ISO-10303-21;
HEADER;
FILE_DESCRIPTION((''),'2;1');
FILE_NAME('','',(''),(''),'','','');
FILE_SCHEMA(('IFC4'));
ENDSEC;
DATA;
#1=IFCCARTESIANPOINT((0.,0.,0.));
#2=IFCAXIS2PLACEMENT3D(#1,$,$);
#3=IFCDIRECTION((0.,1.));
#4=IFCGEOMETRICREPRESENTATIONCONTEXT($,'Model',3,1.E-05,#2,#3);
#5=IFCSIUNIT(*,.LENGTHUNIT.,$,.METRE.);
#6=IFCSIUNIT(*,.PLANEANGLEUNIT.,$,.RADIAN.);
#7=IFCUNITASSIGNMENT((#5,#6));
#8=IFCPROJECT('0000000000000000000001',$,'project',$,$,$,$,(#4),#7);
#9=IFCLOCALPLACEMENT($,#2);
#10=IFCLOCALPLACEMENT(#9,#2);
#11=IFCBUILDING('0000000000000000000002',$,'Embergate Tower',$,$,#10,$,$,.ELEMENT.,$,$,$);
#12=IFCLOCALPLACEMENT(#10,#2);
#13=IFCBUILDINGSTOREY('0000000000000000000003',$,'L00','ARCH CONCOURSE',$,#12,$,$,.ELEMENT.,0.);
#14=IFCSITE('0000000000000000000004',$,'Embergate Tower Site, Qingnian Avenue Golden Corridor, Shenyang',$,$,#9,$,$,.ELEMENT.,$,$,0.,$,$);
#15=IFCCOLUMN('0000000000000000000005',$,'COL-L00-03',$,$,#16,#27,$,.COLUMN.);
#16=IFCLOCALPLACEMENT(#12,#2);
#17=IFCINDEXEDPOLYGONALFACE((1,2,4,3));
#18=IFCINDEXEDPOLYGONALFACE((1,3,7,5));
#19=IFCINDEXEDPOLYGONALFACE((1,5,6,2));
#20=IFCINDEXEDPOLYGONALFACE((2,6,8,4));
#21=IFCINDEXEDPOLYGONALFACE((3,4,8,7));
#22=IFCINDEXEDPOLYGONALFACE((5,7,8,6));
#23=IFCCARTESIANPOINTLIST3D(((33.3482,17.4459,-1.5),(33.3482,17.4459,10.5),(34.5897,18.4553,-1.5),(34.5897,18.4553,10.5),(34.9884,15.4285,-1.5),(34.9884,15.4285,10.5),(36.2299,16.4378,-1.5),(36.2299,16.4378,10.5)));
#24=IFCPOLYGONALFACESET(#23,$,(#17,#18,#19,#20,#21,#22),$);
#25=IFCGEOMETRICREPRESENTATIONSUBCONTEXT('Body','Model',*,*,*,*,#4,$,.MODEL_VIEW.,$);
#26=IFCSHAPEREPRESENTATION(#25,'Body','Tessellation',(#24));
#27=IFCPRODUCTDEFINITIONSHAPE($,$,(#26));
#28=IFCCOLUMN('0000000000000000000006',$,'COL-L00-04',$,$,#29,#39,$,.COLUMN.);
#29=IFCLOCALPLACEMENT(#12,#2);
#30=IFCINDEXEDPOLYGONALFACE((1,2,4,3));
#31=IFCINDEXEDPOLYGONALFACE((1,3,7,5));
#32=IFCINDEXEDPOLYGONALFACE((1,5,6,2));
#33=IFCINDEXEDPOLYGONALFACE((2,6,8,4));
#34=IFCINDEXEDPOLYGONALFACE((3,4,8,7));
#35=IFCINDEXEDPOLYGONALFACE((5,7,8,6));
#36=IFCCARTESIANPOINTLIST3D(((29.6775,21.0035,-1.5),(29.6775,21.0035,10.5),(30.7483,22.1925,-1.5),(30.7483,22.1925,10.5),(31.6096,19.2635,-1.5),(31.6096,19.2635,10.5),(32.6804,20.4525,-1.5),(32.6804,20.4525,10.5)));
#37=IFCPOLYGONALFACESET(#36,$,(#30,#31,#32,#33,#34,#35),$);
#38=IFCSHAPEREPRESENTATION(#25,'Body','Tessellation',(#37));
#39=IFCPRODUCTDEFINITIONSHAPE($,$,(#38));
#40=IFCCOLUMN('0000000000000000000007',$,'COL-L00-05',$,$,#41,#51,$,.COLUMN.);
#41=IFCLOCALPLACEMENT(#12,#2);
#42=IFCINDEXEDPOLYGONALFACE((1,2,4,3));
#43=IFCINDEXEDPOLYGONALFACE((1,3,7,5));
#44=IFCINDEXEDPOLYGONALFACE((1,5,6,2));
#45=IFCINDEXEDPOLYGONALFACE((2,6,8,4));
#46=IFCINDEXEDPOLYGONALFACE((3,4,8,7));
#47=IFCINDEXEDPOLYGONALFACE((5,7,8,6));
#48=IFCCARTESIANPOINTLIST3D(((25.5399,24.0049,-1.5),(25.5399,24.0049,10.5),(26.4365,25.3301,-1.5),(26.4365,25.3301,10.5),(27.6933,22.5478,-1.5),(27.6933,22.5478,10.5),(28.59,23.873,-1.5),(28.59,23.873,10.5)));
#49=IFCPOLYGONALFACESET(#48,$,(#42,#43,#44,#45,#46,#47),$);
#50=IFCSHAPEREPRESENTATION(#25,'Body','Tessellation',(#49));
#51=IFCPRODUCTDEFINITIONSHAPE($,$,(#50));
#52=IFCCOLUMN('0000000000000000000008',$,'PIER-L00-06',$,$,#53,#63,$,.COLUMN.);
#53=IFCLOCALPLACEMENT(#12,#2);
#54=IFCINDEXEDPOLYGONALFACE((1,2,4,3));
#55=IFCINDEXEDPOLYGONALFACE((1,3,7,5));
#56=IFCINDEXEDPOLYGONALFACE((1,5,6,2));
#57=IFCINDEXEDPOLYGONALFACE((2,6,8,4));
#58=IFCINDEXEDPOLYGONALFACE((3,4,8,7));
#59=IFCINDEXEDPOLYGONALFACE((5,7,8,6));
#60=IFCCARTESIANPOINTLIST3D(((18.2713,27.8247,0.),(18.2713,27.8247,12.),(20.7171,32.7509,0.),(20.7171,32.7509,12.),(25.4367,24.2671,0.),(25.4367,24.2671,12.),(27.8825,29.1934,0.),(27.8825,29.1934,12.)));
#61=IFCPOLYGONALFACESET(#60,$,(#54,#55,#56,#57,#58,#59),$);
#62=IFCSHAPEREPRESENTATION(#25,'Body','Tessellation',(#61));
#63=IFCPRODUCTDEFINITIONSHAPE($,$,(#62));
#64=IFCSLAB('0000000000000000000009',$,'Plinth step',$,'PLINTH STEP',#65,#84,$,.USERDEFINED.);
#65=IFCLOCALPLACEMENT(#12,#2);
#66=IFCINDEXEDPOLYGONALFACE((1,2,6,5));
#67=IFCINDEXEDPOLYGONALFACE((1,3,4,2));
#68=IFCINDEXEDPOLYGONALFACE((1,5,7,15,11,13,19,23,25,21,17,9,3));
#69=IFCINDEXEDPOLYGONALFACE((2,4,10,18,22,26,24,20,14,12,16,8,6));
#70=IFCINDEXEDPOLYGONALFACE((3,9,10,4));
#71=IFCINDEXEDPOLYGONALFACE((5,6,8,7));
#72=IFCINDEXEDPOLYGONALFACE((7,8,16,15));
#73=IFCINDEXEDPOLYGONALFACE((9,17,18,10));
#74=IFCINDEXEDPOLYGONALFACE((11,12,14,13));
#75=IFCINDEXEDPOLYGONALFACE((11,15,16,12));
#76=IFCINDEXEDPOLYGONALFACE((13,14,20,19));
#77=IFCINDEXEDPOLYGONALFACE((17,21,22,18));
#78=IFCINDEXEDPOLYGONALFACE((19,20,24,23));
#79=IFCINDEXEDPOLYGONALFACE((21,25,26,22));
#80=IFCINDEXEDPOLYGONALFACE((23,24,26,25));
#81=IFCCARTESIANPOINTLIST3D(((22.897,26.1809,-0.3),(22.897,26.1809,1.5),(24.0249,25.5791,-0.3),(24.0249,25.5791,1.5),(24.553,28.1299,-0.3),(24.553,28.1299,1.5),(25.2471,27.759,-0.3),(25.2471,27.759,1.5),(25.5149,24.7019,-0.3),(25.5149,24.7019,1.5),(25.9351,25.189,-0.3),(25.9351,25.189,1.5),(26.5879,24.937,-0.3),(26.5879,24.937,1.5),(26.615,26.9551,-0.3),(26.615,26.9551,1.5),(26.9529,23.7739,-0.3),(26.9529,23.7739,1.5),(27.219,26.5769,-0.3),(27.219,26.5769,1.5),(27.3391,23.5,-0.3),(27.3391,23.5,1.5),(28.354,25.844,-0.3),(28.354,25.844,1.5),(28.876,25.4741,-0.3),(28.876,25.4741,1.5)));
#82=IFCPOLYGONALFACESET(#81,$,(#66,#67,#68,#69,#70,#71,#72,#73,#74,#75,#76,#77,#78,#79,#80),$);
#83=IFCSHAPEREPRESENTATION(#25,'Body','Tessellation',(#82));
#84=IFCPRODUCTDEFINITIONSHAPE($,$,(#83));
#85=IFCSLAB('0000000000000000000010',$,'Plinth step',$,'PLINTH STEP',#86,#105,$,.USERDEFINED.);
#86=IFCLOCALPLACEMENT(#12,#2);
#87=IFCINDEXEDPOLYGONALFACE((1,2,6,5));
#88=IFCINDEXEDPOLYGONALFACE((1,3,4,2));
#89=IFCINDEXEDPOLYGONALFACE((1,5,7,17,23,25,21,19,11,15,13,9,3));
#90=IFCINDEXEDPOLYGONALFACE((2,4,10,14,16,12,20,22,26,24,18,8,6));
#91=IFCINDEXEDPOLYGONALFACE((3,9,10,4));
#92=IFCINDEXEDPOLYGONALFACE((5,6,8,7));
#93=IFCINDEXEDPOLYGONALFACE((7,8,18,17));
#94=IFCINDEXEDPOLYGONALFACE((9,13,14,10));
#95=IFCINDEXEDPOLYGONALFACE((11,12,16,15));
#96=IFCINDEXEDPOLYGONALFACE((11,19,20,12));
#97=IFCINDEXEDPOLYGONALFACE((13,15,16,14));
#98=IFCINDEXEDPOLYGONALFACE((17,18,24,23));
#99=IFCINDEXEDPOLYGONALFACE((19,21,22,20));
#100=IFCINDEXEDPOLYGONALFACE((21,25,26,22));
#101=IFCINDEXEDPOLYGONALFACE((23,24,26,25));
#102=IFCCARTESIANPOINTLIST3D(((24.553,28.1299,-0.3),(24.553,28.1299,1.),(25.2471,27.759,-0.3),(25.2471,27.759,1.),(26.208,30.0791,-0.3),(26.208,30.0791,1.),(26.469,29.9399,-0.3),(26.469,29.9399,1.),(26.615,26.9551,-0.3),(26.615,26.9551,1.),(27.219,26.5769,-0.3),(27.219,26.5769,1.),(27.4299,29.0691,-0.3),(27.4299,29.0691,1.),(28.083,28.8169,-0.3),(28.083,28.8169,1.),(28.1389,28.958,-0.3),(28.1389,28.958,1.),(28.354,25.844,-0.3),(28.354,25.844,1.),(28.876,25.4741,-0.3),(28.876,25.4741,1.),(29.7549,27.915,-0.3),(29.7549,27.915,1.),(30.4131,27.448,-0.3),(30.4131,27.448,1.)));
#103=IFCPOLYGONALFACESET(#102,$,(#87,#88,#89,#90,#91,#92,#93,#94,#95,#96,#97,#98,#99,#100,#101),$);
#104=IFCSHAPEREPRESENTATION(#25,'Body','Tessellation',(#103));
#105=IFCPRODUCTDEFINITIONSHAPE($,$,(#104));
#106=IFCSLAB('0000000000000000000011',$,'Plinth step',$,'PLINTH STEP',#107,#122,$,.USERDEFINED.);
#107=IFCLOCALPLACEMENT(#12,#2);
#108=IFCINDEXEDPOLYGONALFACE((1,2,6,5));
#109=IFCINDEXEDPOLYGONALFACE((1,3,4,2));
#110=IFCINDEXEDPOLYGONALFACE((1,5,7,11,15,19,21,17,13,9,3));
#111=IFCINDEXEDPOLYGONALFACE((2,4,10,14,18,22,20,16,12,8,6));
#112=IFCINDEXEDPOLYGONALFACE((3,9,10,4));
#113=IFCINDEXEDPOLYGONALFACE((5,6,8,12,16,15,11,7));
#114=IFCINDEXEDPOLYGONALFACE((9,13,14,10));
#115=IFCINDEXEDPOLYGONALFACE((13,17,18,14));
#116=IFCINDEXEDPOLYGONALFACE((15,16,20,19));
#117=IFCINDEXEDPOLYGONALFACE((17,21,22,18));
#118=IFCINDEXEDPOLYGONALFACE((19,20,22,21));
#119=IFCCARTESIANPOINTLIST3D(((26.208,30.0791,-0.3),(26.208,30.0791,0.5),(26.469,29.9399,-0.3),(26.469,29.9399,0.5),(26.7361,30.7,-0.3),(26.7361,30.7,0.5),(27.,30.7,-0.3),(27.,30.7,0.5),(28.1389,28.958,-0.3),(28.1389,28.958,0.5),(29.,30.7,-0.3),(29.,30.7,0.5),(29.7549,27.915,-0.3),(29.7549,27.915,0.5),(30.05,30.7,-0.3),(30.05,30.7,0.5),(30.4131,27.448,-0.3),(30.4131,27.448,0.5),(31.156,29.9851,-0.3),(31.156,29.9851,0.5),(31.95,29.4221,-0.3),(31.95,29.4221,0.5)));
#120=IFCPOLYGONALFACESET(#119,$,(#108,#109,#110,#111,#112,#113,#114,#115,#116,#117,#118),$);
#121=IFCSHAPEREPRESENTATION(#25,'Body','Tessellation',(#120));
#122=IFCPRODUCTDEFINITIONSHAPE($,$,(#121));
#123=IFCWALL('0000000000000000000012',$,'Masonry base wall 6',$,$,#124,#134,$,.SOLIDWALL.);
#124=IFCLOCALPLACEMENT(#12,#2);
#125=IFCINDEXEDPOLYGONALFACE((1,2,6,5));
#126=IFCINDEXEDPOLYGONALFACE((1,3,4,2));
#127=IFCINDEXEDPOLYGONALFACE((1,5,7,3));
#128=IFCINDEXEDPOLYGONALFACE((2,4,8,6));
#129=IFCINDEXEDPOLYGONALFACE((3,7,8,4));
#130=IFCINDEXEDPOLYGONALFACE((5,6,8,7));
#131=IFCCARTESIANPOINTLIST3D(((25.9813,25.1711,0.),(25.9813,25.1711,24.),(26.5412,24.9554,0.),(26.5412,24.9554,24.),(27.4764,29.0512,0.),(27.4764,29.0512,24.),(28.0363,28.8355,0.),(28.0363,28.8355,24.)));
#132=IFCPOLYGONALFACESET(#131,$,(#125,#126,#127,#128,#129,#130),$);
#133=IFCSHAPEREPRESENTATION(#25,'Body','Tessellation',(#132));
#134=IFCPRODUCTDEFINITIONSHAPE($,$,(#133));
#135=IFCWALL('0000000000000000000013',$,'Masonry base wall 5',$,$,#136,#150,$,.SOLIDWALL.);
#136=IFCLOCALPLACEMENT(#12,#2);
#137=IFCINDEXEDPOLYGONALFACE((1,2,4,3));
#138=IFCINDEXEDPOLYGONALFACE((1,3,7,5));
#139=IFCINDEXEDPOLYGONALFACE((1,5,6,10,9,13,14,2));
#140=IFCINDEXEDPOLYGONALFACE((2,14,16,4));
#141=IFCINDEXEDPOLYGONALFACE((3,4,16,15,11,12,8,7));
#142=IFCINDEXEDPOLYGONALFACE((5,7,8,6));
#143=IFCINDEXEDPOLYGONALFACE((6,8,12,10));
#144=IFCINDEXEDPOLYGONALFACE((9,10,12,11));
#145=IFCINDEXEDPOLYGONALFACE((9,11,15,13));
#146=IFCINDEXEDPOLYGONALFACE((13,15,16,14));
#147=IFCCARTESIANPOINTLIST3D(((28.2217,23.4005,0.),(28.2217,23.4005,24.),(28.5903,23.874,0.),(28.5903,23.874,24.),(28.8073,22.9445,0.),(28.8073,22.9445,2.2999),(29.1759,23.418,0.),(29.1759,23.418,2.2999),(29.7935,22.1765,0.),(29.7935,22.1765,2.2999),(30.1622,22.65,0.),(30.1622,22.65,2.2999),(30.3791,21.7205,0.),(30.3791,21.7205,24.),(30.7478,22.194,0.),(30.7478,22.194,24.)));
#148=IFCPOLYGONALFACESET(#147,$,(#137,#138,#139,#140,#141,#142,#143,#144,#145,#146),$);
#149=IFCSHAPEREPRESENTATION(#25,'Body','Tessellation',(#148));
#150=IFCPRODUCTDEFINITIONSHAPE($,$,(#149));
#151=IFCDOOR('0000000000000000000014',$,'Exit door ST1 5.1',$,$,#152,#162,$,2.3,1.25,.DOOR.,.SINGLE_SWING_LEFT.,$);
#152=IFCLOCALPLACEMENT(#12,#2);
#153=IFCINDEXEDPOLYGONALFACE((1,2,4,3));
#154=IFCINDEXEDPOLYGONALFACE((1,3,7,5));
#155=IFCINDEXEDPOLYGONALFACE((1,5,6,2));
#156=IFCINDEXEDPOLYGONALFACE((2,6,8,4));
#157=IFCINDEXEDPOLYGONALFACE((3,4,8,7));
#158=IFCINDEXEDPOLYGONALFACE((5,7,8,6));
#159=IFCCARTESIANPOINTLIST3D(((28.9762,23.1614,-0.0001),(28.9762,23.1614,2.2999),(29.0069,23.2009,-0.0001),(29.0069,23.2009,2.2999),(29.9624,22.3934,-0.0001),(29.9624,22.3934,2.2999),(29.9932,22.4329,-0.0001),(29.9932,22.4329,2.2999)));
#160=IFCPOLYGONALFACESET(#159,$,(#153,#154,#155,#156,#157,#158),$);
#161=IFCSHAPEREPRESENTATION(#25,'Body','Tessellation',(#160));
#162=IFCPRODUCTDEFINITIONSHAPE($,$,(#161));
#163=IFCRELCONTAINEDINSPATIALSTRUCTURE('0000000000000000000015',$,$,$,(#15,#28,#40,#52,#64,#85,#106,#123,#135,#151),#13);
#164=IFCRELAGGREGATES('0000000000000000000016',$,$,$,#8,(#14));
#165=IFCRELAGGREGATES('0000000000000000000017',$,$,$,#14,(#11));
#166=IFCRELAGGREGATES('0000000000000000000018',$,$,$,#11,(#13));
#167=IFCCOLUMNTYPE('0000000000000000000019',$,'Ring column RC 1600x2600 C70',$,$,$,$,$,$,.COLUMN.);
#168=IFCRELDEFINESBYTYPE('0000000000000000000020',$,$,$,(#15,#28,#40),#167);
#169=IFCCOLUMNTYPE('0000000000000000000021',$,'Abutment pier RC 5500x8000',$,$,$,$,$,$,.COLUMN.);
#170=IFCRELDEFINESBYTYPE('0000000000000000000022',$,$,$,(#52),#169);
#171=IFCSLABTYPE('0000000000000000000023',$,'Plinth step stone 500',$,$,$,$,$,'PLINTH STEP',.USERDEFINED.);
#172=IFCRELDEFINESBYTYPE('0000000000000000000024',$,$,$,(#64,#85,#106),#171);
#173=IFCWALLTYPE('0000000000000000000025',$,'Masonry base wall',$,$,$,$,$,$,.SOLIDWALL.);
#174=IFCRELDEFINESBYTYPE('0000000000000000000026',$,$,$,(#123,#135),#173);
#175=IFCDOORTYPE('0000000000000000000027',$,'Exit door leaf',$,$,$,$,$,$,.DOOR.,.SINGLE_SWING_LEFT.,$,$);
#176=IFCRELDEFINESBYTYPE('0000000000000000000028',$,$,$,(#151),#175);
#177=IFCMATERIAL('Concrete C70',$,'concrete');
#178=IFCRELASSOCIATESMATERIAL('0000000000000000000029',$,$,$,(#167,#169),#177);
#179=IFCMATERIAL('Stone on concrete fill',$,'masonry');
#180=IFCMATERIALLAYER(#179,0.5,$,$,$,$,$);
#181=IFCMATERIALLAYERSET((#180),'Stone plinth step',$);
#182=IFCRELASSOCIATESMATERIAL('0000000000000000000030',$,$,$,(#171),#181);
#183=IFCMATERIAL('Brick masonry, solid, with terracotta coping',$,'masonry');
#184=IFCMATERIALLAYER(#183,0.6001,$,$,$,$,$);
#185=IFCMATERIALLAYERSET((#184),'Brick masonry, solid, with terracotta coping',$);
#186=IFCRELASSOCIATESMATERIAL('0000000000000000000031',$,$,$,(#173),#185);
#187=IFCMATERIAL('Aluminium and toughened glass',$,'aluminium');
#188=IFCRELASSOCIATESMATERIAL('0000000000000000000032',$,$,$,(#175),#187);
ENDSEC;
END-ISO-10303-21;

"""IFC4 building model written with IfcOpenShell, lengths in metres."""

from ifc_helpers import new_model, si_unit, direction, frame, frame_2d, origin, origin_2d, place, context, subcontext, project, spatial, polyline, rectangle, outline, extrude, source, transform, mapped, material, layer, layer_set, material_profile, profile_set, type_object, element, fill, save


model = new_model("IFC4")

# Units and contexts
model_context = context("Model", 3, precision=1e-05, world=origin(), true_north=direction((0.0, 1.0)))
body_context = subcontext(model_context, "Body", "Model", "MODEL_VIEW")
ifc_project = project(units=[si_unit("LENGTHUNIT", "METRE"), si_unit("PLANEANGLEUNIT", "RADIAN")], contexts=[model_context])

# Site, building, storey
site_placement = place(None, origin())
site = spatial("IfcSite", under=ifc_project, at=site_placement, Name="Embergate Tower Site, Qingnian Avenue Golden Corridor, Shenyang", CompositionType="ELEMENT", RefElevation=0.0)
building_placement = place(site_placement, origin())
building = spatial("IfcBuilding", under=site, at=building_placement, Name="Embergate Tower", CompositionType="ELEMENT")
storey_placement = place(building_placement, origin())
storey = spatial("IfcBuildingStorey", under=building, at=storey_placement, Name="L00", Description="ARCH CONCOURSE", CompositionType="ELEMENT", Elevation=0.0)

# Columns
ifc_material_1 = material(Name="Concrete C70", Category="concrete")
ifc_material_profile_1 = material_profile(ifc_material_1, rectangle(XDim=1.6001, YDim=2.6001, at=origin_2d()), Name="RC 1600x2600")
ifc_profile_set_1 = profile_set([ifc_material_profile_1], Name="Concrete C70")
column_type_1 = type_object("IfcColumnType", Name="Ring column RC 1600x2600 C70", PredefinedType="COLUMN", material=ifc_profile_set_1)
shared_shape_1 = source(origin(), body_context, "Body", "SweptSolid", [
    extrude(rectangle(XDim=1.6001, YDim=2.6001, at=origin_2d()), origin(), (0.0, 0.0, 1.0), 12.0),
])
for number, where, z_axis, x_axis, name in (
    (1, (34.7891, 16.9419, -1.5), (0.0, 0.0, 1.0), (0.775925, 0.630825, 0.0), "COL-L00-03"),
    (2, (31.179, 20.728, -1.5), (0.0, 0.0, 1.0), (0.669208, 0.743075, 0.0), "COL-L00-04"),
    (3, (27.0649, 23.939, -1.5), (0.0, 0.0, 1.0), (0.560393, 0.828227, 0.0), "COL-L00-05"),
):
    element("IfcColumn", number, at=place(storey_placement, frame(where, z_axis=z_axis, x_axis=x_axis)), inside=storey, type_object=column_type_1, Name=name, PredefinedType="COLUMN", context=body_context, shape_type="MappedRepresentation", body=[
        mapped(shared_shape_1, transform((0.0, 0.0, 0.0))),
    ])
ifc_material_profile_2 = material_profile(ifc_material_1, rectangle(XDim=5.5, YDim=8.0, at=origin_2d()), Name="RC 5500x8000")
ifc_profile_set_2 = profile_set([ifc_material_profile_2], Name="Concrete C70")
column_type_2 = type_object("IfcColumnType", Name="Abutment pier RC 5500x8000", PredefinedType="COLUMN", material=ifc_profile_set_2)
shared_shape_2 = source(origin(), body_context, "Body", "SweptSolid", [
    extrude(rectangle(XDim=5.5, YDim=8.0, at=origin_2d()), origin(), (0.0, 0.0, 1.0), 12.0),
])
column_placement = place(storey_placement, frame((23.0769, 28.509, 0.0), z_axis=(0.0, 0.0, 1.0), x_axis=(0.444698, 0.895681, 0.0)))
element("IfcColumn", 4, at=column_placement, inside=storey, type_object=column_type_2, Name="PIER-L00-06", PredefinedType="COLUMN", context=body_context, shape_type="MappedRepresentation", body=[
    mapped(shared_shape_2, transform((0.0, 0.0, 0.0))),
])

# Slabs
ifc_material_2 = material(Name="Stone on concrete fill", Category="masonry")
ifc_layer_1 = layer(ifc_material_2, 0.5)
ifc_layer_set_1 = layer_set([ifc_layer_1], Name="Stone plinth step")
slab_type = type_object("IfcSlabType", Name="Plinth step stone 500", ElementType="PLINTH STEP", PredefinedType="USERDEFINED", material=ifc_layer_set_1)
shared_shape_3 = source(origin(), body_context, "Body", "SweptSolid", [
    extrude(outline(polyline([(0.0, 0.0), (-0.3862, 0.2739), (-1.8242, 1.2019), (-3.3142, 2.0791), (-4.4421, 2.6809), (-2.7861, 4.6299), (-2.092, 4.259), (-0.7241, 3.4551), (-1.4041, 1.689), (-0.7512, 1.437), (-0.1201, 3.0769), (1.0149, 2.344), (1.5369, 1.9741), (0.0, 0.0)])), origin(), (0.0, 0.0, 1.0), 1.8),
])
slab_1_placement = place(storey_placement, frame((27.3391, 23.5, -0.3)))
element("IfcSlab", 5, at=slab_1_placement, inside=storey, type_object=slab_type, Name="Plinth step", ObjectType="PLINTH STEP", PredefinedType="USERDEFINED", context=body_context, shape_type="MappedRepresentation", body=[
    mapped(shared_shape_3, transform((0.0, 0.0, 0.0))),
])
shared_shape_4 = source(origin(), body_context, "Body", "SweptSolid", [
    extrude(outline(polyline([(0.0, 0.0), (-0.522, 0.3699), (-1.657, 1.1028), (-0.793, 3.3428), (-1.446, 3.595), (-2.261, 1.481), (-3.6289, 2.2849), (-4.323, 2.6558), (-2.668, 4.605), (-2.407, 4.4658), (-0.7371, 3.4839), (0.8789, 2.4409), (1.5371, 1.9739), (0.0, 0.0)])), origin(), (0.0, 0.0, 1.0), 1.3),
])
slab_2_placement = place(storey_placement, frame((28.876, 25.4741, -0.3)))
element("IfcSlab", 6, at=slab_2_placement, inside=storey, type_object=slab_type, Name="Plinth step", ObjectType="PLINTH STEP", PredefinedType="USERDEFINED", context=body_context, shape_type="MappedRepresentation", body=[
    mapped(shared_shape_4, transform((0.0, 0.0, 0.0))),
])
shared_shape_5 = source(origin(), body_context, "Body", "SweptSolid", [
    extrude(outline(polyline([(0.0, 0.0), (-0.6582, 0.467), (-2.2742, 1.51), (-3.9441, 2.4919), (-4.2051, 2.6311), (-3.677, 3.252), (-3.4131, 3.252), (-1.4131, 3.252), (-0.363, 3.252), (0.7429, 2.5371), (1.5369, 1.9741), (0.0, 0.0)])), origin(), (0.0, 0.0, 1.0), 0.8),
])
slab_3_placement = place(storey_placement, frame((30.4131, 27.448, -0.3)))
element("IfcSlab", 7, at=slab_3_placement, inside=storey, type_object=slab_type, Name="Plinth step", ObjectType="PLINTH STEP", PredefinedType="USERDEFINED", context=body_context, shape_type="MappedRepresentation", body=[
    mapped(shared_shape_5, transform((0.0, 0.0, 0.0))),
])

# Wall
ifc_material_3 = material(Name="Brick masonry, solid, with terracotta coping", Category="masonry")
ifc_layer_2 = layer(ifc_material_3, 0.6001)
ifc_layer_set_2 = layer_set([ifc_layer_2], Name="Brick masonry, solid, with terracotta coping")
wall_type_1 = type_object("IfcWallType", Name="Masonry base wall", PredefinedType="SOLIDWALL", material=ifc_layer_set_2)
shared_shape_6 = source(origin(), body_context, "Body", "SweptSolid", [
    extrude(rectangle(XDim=4.1582, YDim=0.6001, at=frame_2d((2.0791, 0.0))), origin(), (0.0, 0.0, 1.0), 24.0),
])
wall_1_placement = place(storey_placement, frame((27.7563, 28.9434, 0.0), z_axis=(0.0, 0.0, 1.0), x_axis=(-0.359557, -0.933123, 0.0)))
element("IfcWall", 8, at=wall_1_placement, inside=storey, type_object=wall_type_1, Name="Masonry base wall 6", PredefinedType="SOLIDWALL", context=body_context, shape_type="MappedRepresentation", body=[
    mapped(shared_shape_6, transform((0.0, 0.0, 0.0))),
])

# Wall, opening, door
shared_shape_7 = source(origin(), body_context, "Body", "SweptSolid", [
    extrude(rectangle(XDim=2.7344, YDim=0.6001, at=frame_2d((1.3672, 0.0))), origin(), (0.0, 0.0, 1.0), 24.0),
])
wall_2_placement = place(storey_placement, frame((28.406, 23.6372, 0.0), z_axis=(0.0, 0.0, 1.0), x_axis=(0.789016, -0.614373, 0.0)))
wall_2 = element("IfcWall", 9, at=wall_2_placement, inside=storey, type_object=wall_type_1, Name="Masonry base wall 5", PredefinedType="SOLIDWALL", context=body_context, shape_type="MappedRepresentation", body=[
    mapped(shared_shape_7, transform((0.0, 0.0, 0.0))),
])
shared_shape_8 = source(origin(), body_context, "Body", "SweptSolid", [
    extrude(rectangle(XDim=1.25, YDim=2.3, at=frame_2d((0.625, 1.1499))), frame((0.0, 0.3101, 0.0), z_axis=(0.0, -1.0, 0.0), x_axis=(1.0, 0.0, 0.0)), (0.0, 0.0, 1.0), 0.6201),
])
opening_1_placement = place(wall_2_placement, frame((0.7422, 0.0, 0.0)))
opening_1 = element("IfcOpeningElement", 10, at=opening_1_placement, cuts=wall_2, PredefinedType="OPENING", context=body_context, shape_type="MappedRepresentation", body=[
    mapped(shared_shape_8, transform((0.0, 0.0, 0.0))),
])
ifc_material_4 = material(Name="Aluminium and toughened glass", Category="aluminium")
door_type_1 = type_object("IfcDoorType", Name="Exit door leaf", OperationType="SINGLE_SWING_LEFT", PredefinedType="DOOR", material=ifc_material_4)
shared_shape_9 = source(origin(), body_context, "Body", "SweptSolid", [
    extrude(rectangle(XDim=1.25, YDim=2.3, at=frame_2d((0.625, 1.1499))), frame((0.0, 0.0249, 0.0), z_axis=(0.0, -1.0, 0.0), x_axis=(1.0, 0.0, 0.0)), (0.0, 0.0, 1.0), 0.05),
])
door_1_placement = place(opening_1_placement, origin())
door_1 = element("IfcDoor", 11, at=door_1_placement, inside=storey, type_object=door_type_1, Name="Exit door ST1 5.1", OperationType="SINGLE_SWING_LEFT", OverallHeight=2.3, OverallWidth=1.25, PredefinedType="DOOR", context=body_context, shape_type="MappedRepresentation", body=[
    mapped(shared_shape_9, transform((0.0, 0.0, 0.0))),
])
fill(opening_1, door_1)

save(model, "model.ifc")
